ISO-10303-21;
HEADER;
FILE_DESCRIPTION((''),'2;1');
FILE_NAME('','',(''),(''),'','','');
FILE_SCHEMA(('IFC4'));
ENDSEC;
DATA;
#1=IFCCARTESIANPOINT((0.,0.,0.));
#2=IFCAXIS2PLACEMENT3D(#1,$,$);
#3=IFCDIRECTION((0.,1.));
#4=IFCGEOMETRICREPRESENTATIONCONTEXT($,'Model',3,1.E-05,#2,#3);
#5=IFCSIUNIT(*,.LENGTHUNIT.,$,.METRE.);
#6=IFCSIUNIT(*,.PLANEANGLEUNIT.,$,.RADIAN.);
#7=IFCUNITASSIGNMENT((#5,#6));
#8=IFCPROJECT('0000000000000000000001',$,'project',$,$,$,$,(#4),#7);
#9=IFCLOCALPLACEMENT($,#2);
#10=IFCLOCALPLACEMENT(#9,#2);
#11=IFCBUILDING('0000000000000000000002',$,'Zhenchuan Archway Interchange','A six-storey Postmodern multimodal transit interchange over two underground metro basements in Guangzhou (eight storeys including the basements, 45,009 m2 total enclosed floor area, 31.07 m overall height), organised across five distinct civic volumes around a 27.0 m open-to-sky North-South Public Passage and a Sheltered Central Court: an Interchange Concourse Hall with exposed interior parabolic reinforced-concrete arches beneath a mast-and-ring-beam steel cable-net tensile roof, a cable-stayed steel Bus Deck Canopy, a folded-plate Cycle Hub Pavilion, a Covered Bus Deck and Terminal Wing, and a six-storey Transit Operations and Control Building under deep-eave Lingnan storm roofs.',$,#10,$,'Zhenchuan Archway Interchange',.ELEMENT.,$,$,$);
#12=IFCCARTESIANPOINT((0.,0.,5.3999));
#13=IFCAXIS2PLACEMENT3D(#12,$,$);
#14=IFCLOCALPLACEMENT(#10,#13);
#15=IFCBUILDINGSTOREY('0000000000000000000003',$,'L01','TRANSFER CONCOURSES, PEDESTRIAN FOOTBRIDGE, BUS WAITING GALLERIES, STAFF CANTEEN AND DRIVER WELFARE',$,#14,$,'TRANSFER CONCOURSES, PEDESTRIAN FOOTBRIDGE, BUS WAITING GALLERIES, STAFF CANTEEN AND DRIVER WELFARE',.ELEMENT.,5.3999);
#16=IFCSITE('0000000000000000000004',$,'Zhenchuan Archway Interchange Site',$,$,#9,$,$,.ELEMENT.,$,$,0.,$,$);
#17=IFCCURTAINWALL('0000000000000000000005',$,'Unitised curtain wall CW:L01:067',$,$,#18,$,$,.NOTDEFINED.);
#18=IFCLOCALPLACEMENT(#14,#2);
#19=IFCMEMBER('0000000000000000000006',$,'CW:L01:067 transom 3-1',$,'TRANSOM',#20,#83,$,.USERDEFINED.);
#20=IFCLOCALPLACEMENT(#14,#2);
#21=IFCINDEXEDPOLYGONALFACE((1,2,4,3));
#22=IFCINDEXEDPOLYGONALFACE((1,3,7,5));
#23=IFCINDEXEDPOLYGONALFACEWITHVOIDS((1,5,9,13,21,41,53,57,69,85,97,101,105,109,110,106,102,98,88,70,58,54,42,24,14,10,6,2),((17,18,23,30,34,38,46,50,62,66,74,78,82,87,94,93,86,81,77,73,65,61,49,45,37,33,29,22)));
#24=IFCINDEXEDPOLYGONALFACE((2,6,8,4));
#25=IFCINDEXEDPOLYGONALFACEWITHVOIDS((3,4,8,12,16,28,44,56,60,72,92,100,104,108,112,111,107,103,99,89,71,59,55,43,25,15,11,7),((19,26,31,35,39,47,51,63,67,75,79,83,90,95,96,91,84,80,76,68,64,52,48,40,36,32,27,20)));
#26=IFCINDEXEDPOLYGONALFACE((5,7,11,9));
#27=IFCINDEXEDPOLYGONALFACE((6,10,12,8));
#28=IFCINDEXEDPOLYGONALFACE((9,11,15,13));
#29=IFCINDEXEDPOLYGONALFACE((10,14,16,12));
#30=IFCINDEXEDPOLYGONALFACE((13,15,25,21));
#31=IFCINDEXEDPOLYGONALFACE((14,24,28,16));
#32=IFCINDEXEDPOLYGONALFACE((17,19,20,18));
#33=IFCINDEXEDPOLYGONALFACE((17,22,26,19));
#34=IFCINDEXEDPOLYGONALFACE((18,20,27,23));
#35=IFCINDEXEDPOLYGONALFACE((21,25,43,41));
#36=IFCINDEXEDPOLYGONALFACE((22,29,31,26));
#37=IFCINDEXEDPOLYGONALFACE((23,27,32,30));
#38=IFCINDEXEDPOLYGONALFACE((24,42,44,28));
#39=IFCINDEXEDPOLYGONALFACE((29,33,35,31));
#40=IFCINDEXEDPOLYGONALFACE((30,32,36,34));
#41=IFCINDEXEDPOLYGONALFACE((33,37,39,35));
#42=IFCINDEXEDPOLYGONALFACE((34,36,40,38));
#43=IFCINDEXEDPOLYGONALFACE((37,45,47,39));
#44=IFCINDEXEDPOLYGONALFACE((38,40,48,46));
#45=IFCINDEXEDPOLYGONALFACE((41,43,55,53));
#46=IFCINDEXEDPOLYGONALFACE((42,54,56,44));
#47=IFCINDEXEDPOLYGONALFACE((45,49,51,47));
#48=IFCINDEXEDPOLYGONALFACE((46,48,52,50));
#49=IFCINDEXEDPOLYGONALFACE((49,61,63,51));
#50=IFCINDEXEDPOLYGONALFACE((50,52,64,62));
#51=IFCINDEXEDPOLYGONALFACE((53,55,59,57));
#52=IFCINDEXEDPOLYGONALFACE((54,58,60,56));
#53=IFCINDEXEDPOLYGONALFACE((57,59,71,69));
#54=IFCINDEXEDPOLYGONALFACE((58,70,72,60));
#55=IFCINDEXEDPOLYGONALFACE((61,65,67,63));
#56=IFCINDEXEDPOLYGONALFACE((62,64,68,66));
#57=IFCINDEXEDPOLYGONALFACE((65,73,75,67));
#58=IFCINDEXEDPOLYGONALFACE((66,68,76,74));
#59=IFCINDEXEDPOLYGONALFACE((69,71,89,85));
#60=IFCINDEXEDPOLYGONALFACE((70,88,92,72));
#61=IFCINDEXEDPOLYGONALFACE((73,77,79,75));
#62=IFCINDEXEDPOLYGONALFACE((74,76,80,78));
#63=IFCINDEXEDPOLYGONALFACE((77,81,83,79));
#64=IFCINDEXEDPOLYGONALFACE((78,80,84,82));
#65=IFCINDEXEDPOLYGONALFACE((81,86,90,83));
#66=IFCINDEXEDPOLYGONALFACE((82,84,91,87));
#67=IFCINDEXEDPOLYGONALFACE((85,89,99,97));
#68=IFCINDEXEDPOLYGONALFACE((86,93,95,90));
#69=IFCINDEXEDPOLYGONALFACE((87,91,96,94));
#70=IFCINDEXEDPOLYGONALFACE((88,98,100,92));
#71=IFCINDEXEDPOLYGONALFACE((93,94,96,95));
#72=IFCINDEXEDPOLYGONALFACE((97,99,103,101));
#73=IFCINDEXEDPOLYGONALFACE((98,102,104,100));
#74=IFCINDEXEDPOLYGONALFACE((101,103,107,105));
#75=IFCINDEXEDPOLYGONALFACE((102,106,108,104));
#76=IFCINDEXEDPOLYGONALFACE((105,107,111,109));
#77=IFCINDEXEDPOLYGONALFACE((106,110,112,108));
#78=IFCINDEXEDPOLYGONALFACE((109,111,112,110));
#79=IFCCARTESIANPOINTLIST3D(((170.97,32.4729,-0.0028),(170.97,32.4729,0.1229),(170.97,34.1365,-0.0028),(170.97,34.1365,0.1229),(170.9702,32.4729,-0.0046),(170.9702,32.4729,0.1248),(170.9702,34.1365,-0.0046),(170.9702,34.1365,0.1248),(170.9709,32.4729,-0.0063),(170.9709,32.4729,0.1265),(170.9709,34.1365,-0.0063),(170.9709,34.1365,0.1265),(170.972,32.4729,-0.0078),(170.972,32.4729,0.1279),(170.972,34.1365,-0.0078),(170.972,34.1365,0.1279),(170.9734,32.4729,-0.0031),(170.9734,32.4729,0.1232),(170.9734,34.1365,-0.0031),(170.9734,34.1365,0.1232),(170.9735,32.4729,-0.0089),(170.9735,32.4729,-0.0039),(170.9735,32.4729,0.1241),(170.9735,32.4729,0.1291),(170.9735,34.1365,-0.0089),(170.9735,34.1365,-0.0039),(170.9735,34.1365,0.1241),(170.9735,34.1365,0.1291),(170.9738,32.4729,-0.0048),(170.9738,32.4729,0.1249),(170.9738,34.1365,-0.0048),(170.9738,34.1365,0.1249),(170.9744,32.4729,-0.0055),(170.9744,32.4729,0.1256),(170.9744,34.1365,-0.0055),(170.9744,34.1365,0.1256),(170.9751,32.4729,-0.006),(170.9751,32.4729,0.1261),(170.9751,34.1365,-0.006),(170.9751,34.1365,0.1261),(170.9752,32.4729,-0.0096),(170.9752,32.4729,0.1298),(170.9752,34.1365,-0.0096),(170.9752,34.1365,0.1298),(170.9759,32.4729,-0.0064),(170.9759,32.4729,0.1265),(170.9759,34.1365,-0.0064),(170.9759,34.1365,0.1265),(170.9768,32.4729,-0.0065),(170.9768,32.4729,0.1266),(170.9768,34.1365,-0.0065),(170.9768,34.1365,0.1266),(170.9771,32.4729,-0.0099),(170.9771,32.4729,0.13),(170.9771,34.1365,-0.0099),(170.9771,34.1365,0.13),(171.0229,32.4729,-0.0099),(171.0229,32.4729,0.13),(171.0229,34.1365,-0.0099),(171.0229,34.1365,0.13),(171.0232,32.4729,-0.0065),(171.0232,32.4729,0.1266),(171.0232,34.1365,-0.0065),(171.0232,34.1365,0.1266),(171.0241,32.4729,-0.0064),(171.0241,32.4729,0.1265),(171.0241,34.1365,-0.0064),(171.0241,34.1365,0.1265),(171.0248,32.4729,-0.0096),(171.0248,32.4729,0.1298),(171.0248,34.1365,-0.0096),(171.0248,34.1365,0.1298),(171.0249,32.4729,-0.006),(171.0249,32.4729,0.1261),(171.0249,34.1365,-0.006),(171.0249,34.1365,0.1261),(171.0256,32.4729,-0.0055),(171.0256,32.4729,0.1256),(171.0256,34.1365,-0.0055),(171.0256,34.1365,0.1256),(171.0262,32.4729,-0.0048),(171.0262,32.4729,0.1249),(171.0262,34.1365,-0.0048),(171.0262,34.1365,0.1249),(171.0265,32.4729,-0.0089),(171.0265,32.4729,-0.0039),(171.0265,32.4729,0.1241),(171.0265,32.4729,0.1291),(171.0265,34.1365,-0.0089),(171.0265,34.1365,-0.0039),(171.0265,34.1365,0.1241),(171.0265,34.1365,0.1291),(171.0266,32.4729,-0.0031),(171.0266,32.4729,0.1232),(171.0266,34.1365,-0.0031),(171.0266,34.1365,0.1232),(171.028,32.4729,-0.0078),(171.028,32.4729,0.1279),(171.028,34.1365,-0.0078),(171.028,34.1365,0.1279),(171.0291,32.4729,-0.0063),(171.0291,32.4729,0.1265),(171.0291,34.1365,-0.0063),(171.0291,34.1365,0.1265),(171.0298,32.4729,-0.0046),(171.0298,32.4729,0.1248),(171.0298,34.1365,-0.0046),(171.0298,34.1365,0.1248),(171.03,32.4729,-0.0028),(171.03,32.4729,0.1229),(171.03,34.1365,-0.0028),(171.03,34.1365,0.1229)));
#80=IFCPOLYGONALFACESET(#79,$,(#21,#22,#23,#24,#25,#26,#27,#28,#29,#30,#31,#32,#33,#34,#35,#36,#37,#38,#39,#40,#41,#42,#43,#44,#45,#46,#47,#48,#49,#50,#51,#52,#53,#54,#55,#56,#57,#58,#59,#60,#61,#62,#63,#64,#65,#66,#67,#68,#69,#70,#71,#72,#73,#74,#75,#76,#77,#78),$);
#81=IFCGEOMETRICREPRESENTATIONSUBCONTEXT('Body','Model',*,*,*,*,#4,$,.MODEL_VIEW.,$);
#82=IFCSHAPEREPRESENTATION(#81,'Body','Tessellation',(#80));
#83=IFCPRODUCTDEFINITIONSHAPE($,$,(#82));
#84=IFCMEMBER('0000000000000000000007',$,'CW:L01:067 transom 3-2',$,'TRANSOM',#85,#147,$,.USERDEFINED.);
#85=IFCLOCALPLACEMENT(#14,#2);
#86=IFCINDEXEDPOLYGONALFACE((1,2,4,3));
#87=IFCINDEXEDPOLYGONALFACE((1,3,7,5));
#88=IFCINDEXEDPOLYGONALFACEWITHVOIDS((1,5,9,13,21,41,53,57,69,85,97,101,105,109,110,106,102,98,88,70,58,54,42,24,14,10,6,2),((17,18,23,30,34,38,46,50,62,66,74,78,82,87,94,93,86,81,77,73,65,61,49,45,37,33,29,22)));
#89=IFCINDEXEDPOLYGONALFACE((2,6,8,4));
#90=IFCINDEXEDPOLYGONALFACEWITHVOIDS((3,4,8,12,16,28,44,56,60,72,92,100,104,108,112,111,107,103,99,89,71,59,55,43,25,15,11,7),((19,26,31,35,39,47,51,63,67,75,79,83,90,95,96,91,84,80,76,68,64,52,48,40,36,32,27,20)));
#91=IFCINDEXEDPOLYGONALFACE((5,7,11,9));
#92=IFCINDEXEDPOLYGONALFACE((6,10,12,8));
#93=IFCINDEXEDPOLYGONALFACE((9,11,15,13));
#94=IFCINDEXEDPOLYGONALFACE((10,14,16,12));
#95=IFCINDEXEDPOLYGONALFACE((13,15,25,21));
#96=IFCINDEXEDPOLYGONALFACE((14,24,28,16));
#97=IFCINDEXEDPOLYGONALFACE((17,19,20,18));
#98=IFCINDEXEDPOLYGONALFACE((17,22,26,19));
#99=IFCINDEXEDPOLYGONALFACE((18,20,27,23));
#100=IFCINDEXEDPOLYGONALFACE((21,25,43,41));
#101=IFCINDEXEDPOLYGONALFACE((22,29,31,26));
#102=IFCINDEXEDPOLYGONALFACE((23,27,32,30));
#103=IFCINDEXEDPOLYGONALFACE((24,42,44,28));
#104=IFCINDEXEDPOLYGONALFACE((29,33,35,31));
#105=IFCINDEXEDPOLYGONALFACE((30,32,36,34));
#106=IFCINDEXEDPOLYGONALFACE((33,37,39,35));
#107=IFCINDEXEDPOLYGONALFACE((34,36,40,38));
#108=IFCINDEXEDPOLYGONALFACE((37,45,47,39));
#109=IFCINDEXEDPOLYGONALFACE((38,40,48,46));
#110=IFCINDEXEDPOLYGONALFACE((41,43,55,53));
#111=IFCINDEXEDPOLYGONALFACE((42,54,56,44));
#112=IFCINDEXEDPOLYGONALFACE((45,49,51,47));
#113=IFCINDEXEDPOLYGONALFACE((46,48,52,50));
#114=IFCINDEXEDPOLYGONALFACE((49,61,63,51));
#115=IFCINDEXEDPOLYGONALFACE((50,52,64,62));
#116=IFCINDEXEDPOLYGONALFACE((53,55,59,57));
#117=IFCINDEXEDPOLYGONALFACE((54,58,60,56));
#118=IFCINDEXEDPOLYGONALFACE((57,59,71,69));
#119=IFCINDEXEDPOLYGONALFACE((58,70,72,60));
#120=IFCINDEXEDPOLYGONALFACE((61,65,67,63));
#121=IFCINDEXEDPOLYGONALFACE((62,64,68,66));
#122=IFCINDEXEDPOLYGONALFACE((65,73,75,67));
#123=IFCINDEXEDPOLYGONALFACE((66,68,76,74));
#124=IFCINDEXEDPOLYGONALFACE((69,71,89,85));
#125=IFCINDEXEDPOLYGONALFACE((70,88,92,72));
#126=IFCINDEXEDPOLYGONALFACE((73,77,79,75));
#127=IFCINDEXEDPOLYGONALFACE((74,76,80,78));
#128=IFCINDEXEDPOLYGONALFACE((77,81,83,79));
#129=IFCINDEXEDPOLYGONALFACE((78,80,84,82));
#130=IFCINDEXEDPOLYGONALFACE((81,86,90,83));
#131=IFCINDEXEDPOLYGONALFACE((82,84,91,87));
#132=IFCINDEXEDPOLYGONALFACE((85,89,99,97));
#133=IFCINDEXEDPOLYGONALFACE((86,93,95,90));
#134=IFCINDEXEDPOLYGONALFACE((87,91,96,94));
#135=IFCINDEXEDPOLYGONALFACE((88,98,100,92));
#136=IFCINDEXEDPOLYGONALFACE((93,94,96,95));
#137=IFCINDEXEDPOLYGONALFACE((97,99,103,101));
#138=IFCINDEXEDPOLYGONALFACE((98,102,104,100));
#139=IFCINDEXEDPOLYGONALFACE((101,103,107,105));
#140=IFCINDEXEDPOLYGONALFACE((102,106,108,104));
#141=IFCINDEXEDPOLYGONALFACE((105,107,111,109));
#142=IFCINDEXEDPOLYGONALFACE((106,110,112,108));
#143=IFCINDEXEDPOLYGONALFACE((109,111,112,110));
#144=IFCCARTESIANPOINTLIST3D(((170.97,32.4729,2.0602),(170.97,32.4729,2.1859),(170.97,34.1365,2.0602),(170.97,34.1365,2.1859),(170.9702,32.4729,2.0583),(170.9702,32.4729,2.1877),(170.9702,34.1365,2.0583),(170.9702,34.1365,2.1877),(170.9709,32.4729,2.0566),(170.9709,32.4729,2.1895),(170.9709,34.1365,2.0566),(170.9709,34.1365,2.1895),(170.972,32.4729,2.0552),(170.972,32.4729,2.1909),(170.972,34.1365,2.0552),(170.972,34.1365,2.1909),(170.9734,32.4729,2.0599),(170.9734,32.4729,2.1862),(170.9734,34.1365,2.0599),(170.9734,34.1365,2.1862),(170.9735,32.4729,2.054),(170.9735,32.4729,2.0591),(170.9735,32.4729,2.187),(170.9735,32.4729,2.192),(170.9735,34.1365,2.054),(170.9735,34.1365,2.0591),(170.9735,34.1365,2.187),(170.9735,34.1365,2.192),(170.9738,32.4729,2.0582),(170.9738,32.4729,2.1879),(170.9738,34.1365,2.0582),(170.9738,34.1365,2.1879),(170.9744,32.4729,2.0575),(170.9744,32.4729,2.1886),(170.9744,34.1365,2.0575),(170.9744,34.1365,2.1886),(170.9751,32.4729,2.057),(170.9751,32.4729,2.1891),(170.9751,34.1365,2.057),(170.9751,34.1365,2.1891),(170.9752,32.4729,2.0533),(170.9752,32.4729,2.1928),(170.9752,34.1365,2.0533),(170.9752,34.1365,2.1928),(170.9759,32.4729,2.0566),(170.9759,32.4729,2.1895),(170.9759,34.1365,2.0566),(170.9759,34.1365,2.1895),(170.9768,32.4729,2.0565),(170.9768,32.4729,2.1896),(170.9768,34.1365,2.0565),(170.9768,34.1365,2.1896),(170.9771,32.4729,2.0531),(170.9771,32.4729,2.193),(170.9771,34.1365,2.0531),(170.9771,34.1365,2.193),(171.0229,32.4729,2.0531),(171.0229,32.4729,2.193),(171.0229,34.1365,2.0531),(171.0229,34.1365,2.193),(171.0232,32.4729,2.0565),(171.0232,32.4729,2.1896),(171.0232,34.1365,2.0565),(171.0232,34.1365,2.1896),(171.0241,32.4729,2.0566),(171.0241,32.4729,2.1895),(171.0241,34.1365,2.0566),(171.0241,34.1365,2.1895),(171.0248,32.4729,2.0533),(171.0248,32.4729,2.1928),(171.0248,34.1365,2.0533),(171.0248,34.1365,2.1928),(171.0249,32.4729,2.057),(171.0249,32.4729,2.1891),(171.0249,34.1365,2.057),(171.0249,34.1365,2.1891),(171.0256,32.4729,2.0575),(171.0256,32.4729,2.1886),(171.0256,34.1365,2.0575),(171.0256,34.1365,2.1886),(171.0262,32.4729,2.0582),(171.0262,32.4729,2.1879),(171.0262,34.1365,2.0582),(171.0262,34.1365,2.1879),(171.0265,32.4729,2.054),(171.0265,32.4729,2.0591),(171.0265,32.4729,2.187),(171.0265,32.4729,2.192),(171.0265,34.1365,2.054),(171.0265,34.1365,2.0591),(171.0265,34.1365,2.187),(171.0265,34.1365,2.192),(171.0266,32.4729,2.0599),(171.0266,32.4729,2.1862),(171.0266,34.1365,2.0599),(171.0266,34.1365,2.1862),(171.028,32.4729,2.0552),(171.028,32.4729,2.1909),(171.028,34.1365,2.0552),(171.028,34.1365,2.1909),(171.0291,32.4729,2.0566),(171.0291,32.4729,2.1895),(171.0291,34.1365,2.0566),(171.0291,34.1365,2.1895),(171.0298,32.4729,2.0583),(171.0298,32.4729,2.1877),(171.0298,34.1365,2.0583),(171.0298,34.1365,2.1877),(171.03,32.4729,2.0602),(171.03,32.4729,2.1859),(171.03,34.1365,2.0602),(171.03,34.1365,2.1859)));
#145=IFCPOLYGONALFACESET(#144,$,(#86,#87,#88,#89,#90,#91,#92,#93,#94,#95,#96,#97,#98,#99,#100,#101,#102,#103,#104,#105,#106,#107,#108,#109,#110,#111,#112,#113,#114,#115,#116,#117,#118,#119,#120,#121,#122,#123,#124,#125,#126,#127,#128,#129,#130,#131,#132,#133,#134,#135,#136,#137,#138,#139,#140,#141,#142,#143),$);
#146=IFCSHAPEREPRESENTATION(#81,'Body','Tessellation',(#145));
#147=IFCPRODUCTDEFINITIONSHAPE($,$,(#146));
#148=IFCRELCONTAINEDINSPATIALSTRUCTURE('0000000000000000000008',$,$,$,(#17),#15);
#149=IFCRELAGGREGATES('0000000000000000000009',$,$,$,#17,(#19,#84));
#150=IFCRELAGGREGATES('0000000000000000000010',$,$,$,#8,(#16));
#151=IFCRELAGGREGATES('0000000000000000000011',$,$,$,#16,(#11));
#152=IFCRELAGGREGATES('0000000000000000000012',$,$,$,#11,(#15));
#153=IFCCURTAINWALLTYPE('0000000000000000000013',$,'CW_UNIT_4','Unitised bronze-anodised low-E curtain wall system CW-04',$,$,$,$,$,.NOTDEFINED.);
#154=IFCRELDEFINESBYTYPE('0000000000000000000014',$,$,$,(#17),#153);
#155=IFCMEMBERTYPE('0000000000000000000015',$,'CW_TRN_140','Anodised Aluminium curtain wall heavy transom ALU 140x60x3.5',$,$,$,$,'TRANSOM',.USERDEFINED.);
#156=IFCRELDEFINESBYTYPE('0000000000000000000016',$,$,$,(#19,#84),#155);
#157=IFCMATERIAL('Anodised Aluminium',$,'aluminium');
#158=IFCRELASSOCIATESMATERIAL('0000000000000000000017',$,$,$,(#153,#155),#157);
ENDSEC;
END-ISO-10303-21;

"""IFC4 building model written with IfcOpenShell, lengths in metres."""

from ifc_helpers import new_model, si_unit, direction, frame, origin, origin_2d, place, context, subcontext, project, spatial, hollow_rectangle, extrude, material, material_profile, profile_set, type_object, element, aggregate, save


model = new_model("IFC4")

# Units and contexts
model_context = context("Model", 3, precision=1e-05, world=origin(), true_north=direction((0.0, 1.0)))
body_context = subcontext(model_context, "Body", "Model", "MODEL_VIEW")
ifc_project = project(units=[si_unit("LENGTHUNIT", "METRE"), si_unit("PLANEANGLEUNIT", "RADIAN")], contexts=[model_context])

# Site, building, storey
site_placement = place(None, origin())
site = spatial("IfcSite", under=ifc_project, at=site_placement, Name="Zhenchuan Archway Interchange Site", CompositionType="ELEMENT", RefElevation=0.0)
building_placement = place(site_placement, origin())
building = spatial("IfcBuilding", under=site, at=building_placement, Name="Zhenchuan Archway Interchange", Description="A six-storey Postmodern multimodal transit interchange over two underground metro basements in Guangzhou (eight storeys including the basements, 45,009 m2 total enclosed floor area, 31.07 m overall height), organised across five distinct civic volumes around a 27.0 m open-to-sky North-South Public Passage and a Sheltered Central Court: an Interchange Concourse Hall with exposed interior parabolic reinforced-concrete arches beneath a mast-and-ring-beam steel cable-net tensile roof, a cable-stayed steel Bus Deck Canopy, a folded-plate Cycle Hub Pavilion, a Covered Bus Deck and Terminal Wing, and a six-storey Transit Operations and Control Building under deep-eave Lingnan storm roofs.", LongName="Zhenchuan Archway Interchange", CompositionType="ELEMENT")
storey_placement = place(building_placement, frame((0.0, 0.0, 5.3999)))
storey = spatial("IfcBuildingStorey", under=building, at=storey_placement, Name="L01", Description="TRANSFER CONCOURSES, PEDESTRIAN FOOTBRIDGE, BUS WAITING GALLERIES, STAFF CANTEEN AND DRIVER WELFARE", LongName="TRANSFER CONCOURSES, PEDESTRIAN FOOTBRIDGE, BUS WAITING GALLERIES, STAFF CANTEEN AND DRIVER WELFARE", CompositionType="ELEMENT", Elevation=5.3999)

# Curtain wall, members
ifc_material_1 = material(Name="Anodised Aluminium", Category="aluminium")
curtain_wall_type = type_object("IfcCurtainWallType", Name="CW_UNIT_4", Description="Unitised bronze-anodised low-E curtain wall system CW-04", PredefinedType="NOTDEFINED", material=ifc_material_1)
curtain_wall_placement = place(storey_placement, origin())
curtain_wall = element("IfcCurtainWall", 1, at=curtain_wall_placement, inside=storey, type_object=curtain_wall_type, Name="Unitised curtain wall CW:L01:067", PredefinedType="NOTDEFINED")
ifc_material_profile_1 = material_profile(ifc_material_1, hollow_rectangle(XDim=0.0601, YDim=0.1399, WallThickness=0.0034, InnerFilletRadius=0.0034, OuterFilletRadius=0.0071, at=origin_2d()), Name="ALU 140x60x3.5")
ifc_profile_set_1 = profile_set([ifc_material_profile_1], Name="Anodised Aluminium")
member_type_1 = type_object("IfcMemberType", Name="CW_TRN_140", Description="Anodised Aluminium curtain wall heavy transom ALU 140x60x3.5", ElementType="TRANSOM", PredefinedType="USERDEFINED", material=ifc_profile_set_1)
member_1_placement = place(storey_placement, frame((171.0, 34.1365, 0.0601), z_axis=(0.0, -1.0, 0.0), x_axis=(1.0, 0.0, 0.0)))
member_1 = element("IfcMember", 2, at=member_1_placement, type_object=member_type_1, Name="CW:L01:067 transom 3-1", ObjectType="TRANSOM", PredefinedType="USERDEFINED", context=body_context, shape_type="SweptSolid", body=[
    extrude(hollow_rectangle(XDim=0.0601, YDim=0.1399, WallThickness=0.0034, InnerFilletRadius=0.0034, OuterFilletRadius=0.0071, at=origin_2d()), origin(), (0.0, 0.0, 1.0), 1.6636),
])
member_2_placement = place(storey_placement, frame((171.0, 34.1365, 2.123), z_axis=(0.0, -1.0, 0.0), x_axis=(1.0, 0.0, 0.0)))
member_2 = element("IfcMember", 3, at=member_2_placement, type_object=member_type_1, Name="CW:L01:067 transom 3-2", ObjectType="TRANSOM", PredefinedType="USERDEFINED", context=body_context, shape_type="SweptSolid", body=[
    extrude(hollow_rectangle(XDim=0.0601, YDim=0.1399, WallThickness=0.0034, InnerFilletRadius=0.0034, OuterFilletRadius=0.0071, at=origin_2d()), origin(), (0.0, 0.0, 1.0), 1.6636),
])
aggregate(curtain_wall, [member_1, member_2])

save(model, "model.ifc")
